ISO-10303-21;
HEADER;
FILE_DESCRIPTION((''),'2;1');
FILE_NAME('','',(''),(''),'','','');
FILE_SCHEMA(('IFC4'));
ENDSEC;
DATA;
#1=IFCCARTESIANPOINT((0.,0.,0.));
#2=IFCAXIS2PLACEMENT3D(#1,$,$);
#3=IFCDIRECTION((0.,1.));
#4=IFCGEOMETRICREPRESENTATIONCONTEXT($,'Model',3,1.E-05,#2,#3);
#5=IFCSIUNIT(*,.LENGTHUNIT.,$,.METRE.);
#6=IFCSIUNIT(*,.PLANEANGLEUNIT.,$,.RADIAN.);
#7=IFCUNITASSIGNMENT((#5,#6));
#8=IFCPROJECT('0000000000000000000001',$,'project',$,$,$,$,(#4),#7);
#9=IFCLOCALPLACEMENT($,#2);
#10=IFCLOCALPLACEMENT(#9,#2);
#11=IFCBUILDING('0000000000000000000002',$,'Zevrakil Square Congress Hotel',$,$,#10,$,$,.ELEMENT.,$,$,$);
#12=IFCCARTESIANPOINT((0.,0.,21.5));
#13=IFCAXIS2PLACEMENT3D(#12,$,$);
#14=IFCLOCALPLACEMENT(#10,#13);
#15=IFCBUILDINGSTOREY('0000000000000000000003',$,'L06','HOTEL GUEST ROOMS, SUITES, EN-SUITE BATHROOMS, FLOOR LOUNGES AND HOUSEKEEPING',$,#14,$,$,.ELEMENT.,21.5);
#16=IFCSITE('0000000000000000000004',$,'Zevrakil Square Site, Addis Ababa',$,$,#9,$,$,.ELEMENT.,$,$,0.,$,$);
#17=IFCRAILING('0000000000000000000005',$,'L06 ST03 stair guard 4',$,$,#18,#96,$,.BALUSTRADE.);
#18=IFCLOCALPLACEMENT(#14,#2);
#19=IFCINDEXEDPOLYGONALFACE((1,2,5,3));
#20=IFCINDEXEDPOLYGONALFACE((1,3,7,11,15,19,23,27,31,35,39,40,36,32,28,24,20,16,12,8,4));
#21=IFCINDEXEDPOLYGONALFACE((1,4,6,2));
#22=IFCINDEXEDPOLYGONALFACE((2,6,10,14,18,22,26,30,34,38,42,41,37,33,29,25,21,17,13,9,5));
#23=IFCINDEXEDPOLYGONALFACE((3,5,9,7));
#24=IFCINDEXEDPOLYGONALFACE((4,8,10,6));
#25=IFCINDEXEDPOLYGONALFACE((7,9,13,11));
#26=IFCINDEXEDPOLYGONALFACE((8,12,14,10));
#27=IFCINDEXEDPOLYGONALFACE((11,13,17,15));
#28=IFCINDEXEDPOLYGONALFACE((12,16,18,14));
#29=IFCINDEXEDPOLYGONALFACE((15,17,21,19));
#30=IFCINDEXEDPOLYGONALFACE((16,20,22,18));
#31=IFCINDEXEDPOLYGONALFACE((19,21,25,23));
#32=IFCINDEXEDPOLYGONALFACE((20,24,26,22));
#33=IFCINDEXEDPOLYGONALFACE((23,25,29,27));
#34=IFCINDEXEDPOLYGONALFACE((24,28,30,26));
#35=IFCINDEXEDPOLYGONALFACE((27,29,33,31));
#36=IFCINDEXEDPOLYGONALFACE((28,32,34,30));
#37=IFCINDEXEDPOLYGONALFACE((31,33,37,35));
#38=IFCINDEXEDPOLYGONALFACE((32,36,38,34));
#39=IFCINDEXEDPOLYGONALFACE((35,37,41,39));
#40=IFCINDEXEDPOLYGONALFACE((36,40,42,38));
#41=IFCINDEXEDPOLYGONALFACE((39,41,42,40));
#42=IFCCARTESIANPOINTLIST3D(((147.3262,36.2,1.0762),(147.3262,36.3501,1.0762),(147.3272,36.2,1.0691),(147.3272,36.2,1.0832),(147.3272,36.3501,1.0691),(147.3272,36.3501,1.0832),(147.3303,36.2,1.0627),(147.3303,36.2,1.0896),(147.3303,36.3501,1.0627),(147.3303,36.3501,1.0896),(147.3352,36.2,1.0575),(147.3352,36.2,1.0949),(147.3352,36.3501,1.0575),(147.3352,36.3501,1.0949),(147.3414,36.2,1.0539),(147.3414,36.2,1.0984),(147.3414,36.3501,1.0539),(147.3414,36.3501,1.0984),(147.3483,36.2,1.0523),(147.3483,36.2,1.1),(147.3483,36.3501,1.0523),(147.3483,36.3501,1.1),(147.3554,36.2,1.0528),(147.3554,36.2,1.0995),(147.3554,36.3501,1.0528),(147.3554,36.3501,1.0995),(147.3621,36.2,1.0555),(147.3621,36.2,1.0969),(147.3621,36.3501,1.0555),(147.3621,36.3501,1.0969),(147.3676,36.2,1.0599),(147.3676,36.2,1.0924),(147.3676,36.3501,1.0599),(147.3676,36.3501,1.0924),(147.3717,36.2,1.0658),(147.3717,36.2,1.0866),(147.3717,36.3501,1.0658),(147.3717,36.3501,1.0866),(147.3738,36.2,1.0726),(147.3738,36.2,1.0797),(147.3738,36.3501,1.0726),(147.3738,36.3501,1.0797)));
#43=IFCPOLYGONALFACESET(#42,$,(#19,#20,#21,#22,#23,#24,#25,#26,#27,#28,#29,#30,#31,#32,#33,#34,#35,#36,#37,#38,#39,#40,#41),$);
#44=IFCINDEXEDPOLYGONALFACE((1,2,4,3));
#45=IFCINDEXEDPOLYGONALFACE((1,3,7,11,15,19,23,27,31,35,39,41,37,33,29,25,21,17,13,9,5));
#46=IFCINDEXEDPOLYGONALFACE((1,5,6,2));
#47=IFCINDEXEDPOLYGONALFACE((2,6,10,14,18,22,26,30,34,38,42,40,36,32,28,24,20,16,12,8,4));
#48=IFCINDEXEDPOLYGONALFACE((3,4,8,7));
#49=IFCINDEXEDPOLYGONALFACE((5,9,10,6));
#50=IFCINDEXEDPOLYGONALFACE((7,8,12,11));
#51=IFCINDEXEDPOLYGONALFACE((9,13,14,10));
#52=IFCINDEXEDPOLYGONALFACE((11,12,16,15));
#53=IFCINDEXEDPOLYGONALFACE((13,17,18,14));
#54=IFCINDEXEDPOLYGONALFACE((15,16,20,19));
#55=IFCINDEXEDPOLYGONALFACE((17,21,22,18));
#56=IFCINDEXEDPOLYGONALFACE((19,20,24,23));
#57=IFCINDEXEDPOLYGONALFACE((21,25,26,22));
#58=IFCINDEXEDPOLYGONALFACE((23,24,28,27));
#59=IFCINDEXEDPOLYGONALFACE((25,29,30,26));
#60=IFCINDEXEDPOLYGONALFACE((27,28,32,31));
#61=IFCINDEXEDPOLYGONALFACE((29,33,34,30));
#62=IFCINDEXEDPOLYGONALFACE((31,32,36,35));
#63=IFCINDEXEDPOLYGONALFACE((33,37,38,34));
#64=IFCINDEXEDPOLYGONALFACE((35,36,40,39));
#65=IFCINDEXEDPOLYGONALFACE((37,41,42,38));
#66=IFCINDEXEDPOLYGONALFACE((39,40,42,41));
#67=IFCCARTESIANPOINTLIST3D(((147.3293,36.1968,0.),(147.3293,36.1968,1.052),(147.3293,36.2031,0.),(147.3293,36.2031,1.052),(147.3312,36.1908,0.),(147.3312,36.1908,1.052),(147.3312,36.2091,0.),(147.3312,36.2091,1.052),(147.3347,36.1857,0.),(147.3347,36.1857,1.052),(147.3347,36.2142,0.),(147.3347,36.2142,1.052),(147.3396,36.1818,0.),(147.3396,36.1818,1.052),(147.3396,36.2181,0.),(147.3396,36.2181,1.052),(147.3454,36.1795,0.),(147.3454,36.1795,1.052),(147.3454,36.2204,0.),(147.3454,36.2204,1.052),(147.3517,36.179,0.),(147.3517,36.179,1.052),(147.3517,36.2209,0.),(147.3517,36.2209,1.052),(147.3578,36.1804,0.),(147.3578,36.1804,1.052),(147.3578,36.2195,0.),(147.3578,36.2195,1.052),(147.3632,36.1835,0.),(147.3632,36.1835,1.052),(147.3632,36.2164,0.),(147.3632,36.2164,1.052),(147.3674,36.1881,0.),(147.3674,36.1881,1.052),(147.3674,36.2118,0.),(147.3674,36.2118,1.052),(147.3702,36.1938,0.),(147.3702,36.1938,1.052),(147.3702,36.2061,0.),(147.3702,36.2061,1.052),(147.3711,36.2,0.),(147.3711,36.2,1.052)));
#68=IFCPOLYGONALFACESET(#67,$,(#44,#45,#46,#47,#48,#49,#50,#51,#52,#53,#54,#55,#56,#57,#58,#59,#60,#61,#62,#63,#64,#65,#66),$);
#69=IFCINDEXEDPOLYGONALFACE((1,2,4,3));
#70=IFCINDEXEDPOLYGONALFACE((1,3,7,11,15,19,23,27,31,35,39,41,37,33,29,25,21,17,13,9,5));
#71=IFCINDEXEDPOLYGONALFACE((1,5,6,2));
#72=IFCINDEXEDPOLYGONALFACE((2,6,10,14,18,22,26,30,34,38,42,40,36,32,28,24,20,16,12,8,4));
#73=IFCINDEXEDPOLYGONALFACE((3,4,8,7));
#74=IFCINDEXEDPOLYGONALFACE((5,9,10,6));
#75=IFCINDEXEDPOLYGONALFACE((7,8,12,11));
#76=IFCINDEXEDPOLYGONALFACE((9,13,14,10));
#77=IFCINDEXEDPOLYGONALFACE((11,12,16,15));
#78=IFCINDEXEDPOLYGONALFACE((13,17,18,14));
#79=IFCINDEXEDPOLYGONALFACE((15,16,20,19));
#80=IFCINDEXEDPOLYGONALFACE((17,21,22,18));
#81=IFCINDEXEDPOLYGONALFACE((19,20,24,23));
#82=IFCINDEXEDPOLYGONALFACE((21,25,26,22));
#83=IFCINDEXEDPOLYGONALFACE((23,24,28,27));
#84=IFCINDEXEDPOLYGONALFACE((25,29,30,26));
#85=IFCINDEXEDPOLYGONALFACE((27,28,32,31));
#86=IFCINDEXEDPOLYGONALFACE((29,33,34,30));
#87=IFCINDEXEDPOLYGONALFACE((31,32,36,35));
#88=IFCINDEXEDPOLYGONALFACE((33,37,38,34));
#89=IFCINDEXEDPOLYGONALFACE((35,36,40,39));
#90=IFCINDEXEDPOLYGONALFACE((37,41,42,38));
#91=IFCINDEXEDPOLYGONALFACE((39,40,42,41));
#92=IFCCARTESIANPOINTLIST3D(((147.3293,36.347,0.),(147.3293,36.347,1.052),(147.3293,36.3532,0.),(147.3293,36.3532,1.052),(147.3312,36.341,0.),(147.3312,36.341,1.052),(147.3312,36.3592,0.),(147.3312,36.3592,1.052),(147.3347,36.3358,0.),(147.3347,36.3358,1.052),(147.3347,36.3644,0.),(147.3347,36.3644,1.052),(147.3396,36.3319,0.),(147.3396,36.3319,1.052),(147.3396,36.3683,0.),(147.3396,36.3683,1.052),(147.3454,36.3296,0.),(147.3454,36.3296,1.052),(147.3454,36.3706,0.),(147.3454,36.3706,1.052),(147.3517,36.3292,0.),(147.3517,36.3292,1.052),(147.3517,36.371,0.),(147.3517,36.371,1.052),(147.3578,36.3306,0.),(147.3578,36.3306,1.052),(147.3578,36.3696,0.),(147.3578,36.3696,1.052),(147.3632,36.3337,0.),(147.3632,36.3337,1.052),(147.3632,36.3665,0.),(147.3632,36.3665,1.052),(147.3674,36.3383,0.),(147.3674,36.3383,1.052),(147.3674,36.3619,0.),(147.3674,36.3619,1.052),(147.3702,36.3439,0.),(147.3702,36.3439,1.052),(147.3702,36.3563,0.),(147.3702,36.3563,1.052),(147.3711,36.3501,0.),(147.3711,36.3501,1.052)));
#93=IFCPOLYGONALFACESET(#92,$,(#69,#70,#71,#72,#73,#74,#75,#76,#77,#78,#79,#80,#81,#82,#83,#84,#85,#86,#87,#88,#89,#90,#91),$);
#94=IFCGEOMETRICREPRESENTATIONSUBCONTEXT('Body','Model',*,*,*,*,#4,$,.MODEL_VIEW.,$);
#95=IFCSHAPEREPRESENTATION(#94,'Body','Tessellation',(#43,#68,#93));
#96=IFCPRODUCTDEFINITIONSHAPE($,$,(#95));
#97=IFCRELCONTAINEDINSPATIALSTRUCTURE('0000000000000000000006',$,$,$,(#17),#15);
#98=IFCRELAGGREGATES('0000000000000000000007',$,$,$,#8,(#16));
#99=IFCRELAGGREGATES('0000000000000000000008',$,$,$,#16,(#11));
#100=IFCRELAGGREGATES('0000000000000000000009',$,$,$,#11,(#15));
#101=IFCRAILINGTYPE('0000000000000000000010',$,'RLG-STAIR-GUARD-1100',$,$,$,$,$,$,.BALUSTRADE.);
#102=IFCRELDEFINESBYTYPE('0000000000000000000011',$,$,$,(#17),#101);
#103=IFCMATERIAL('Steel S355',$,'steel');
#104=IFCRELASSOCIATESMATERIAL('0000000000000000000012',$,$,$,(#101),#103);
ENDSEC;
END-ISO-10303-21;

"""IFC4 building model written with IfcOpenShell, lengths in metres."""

from ifc_helpers import new_model, si_unit, direction, frame, origin, origin_2d, place, context, subcontext, project, spatial, circle, extrude, material, type_object, element, save


model = new_model("IFC4")

# Units and contexts
model_context = context("Model", 3, precision=1e-05, world=origin(), true_north=direction((0.0, 1.0)))
body_context = subcontext(model_context, "Body", "Model", "MODEL_VIEW")
ifc_project = project(units=[si_unit("LENGTHUNIT", "METRE"), si_unit("PLANEANGLEUNIT", "RADIAN")], contexts=[model_context])

# Site, building, storey
site_placement = place(None, origin())
site = spatial("IfcSite", under=ifc_project, at=site_placement, Name="Zevrakil Square Site, Addis Ababa", CompositionType="ELEMENT", RefElevation=0.0)
building_placement = place(site_placement, origin())
building = spatial("IfcBuilding", under=site, at=building_placement, Name="Zevrakil Square Congress Hotel", CompositionType="ELEMENT")
storey_placement = place(building_placement, frame((0.0, 0.0, 21.5)))
storey = spatial("IfcBuildingStorey", under=building, at=storey_placement, Name="L06", Description="HOTEL GUEST ROOMS, SUITES, EN-SUITE BATHROOMS, FLOOR LOUNGES AND HOUSEKEEPING", CompositionType="ELEMENT", Elevation=21.5)

# Railing
ifc_material_1 = material(Name="Steel S355", Category="steel")
railing_type = type_object("IfcRailingType", Name="RLG-STAIR-GUARD-1100", PredefinedType="BALUSTRADE", material=ifc_material_1)
railing_1_placement = place(storey_placement, frame((147.3501, 36.2, 0.0)))
element("IfcRailing", 1, at=railing_1_placement, inside=storey, type_object=railing_type, Name="L06 ST03 stair guard 4", PredefinedType="BALUSTRADE", context=body_context, shape_type="SweptSolid", body=[
    extrude(circle(Radius=0.0239, at=origin_2d()), frame((0.0, 0.0, 1.0762), z_axis=(0.0, 1.0, 0.0), x_axis=(-1.0, 0.0, 0.0)), (0.0, 0.0, 1.0), 0.1501),
    extrude(circle(Radius=0.021, at=origin_2d()), origin(), (0.0, 0.0, 1.0), 1.052),
    extrude(circle(Radius=0.021, at=origin_2d()), frame((0.0, 0.1501, 0.0)), (0.0, 0.0, 1.0), 1.052),
])

save(model, "model.ifc")
